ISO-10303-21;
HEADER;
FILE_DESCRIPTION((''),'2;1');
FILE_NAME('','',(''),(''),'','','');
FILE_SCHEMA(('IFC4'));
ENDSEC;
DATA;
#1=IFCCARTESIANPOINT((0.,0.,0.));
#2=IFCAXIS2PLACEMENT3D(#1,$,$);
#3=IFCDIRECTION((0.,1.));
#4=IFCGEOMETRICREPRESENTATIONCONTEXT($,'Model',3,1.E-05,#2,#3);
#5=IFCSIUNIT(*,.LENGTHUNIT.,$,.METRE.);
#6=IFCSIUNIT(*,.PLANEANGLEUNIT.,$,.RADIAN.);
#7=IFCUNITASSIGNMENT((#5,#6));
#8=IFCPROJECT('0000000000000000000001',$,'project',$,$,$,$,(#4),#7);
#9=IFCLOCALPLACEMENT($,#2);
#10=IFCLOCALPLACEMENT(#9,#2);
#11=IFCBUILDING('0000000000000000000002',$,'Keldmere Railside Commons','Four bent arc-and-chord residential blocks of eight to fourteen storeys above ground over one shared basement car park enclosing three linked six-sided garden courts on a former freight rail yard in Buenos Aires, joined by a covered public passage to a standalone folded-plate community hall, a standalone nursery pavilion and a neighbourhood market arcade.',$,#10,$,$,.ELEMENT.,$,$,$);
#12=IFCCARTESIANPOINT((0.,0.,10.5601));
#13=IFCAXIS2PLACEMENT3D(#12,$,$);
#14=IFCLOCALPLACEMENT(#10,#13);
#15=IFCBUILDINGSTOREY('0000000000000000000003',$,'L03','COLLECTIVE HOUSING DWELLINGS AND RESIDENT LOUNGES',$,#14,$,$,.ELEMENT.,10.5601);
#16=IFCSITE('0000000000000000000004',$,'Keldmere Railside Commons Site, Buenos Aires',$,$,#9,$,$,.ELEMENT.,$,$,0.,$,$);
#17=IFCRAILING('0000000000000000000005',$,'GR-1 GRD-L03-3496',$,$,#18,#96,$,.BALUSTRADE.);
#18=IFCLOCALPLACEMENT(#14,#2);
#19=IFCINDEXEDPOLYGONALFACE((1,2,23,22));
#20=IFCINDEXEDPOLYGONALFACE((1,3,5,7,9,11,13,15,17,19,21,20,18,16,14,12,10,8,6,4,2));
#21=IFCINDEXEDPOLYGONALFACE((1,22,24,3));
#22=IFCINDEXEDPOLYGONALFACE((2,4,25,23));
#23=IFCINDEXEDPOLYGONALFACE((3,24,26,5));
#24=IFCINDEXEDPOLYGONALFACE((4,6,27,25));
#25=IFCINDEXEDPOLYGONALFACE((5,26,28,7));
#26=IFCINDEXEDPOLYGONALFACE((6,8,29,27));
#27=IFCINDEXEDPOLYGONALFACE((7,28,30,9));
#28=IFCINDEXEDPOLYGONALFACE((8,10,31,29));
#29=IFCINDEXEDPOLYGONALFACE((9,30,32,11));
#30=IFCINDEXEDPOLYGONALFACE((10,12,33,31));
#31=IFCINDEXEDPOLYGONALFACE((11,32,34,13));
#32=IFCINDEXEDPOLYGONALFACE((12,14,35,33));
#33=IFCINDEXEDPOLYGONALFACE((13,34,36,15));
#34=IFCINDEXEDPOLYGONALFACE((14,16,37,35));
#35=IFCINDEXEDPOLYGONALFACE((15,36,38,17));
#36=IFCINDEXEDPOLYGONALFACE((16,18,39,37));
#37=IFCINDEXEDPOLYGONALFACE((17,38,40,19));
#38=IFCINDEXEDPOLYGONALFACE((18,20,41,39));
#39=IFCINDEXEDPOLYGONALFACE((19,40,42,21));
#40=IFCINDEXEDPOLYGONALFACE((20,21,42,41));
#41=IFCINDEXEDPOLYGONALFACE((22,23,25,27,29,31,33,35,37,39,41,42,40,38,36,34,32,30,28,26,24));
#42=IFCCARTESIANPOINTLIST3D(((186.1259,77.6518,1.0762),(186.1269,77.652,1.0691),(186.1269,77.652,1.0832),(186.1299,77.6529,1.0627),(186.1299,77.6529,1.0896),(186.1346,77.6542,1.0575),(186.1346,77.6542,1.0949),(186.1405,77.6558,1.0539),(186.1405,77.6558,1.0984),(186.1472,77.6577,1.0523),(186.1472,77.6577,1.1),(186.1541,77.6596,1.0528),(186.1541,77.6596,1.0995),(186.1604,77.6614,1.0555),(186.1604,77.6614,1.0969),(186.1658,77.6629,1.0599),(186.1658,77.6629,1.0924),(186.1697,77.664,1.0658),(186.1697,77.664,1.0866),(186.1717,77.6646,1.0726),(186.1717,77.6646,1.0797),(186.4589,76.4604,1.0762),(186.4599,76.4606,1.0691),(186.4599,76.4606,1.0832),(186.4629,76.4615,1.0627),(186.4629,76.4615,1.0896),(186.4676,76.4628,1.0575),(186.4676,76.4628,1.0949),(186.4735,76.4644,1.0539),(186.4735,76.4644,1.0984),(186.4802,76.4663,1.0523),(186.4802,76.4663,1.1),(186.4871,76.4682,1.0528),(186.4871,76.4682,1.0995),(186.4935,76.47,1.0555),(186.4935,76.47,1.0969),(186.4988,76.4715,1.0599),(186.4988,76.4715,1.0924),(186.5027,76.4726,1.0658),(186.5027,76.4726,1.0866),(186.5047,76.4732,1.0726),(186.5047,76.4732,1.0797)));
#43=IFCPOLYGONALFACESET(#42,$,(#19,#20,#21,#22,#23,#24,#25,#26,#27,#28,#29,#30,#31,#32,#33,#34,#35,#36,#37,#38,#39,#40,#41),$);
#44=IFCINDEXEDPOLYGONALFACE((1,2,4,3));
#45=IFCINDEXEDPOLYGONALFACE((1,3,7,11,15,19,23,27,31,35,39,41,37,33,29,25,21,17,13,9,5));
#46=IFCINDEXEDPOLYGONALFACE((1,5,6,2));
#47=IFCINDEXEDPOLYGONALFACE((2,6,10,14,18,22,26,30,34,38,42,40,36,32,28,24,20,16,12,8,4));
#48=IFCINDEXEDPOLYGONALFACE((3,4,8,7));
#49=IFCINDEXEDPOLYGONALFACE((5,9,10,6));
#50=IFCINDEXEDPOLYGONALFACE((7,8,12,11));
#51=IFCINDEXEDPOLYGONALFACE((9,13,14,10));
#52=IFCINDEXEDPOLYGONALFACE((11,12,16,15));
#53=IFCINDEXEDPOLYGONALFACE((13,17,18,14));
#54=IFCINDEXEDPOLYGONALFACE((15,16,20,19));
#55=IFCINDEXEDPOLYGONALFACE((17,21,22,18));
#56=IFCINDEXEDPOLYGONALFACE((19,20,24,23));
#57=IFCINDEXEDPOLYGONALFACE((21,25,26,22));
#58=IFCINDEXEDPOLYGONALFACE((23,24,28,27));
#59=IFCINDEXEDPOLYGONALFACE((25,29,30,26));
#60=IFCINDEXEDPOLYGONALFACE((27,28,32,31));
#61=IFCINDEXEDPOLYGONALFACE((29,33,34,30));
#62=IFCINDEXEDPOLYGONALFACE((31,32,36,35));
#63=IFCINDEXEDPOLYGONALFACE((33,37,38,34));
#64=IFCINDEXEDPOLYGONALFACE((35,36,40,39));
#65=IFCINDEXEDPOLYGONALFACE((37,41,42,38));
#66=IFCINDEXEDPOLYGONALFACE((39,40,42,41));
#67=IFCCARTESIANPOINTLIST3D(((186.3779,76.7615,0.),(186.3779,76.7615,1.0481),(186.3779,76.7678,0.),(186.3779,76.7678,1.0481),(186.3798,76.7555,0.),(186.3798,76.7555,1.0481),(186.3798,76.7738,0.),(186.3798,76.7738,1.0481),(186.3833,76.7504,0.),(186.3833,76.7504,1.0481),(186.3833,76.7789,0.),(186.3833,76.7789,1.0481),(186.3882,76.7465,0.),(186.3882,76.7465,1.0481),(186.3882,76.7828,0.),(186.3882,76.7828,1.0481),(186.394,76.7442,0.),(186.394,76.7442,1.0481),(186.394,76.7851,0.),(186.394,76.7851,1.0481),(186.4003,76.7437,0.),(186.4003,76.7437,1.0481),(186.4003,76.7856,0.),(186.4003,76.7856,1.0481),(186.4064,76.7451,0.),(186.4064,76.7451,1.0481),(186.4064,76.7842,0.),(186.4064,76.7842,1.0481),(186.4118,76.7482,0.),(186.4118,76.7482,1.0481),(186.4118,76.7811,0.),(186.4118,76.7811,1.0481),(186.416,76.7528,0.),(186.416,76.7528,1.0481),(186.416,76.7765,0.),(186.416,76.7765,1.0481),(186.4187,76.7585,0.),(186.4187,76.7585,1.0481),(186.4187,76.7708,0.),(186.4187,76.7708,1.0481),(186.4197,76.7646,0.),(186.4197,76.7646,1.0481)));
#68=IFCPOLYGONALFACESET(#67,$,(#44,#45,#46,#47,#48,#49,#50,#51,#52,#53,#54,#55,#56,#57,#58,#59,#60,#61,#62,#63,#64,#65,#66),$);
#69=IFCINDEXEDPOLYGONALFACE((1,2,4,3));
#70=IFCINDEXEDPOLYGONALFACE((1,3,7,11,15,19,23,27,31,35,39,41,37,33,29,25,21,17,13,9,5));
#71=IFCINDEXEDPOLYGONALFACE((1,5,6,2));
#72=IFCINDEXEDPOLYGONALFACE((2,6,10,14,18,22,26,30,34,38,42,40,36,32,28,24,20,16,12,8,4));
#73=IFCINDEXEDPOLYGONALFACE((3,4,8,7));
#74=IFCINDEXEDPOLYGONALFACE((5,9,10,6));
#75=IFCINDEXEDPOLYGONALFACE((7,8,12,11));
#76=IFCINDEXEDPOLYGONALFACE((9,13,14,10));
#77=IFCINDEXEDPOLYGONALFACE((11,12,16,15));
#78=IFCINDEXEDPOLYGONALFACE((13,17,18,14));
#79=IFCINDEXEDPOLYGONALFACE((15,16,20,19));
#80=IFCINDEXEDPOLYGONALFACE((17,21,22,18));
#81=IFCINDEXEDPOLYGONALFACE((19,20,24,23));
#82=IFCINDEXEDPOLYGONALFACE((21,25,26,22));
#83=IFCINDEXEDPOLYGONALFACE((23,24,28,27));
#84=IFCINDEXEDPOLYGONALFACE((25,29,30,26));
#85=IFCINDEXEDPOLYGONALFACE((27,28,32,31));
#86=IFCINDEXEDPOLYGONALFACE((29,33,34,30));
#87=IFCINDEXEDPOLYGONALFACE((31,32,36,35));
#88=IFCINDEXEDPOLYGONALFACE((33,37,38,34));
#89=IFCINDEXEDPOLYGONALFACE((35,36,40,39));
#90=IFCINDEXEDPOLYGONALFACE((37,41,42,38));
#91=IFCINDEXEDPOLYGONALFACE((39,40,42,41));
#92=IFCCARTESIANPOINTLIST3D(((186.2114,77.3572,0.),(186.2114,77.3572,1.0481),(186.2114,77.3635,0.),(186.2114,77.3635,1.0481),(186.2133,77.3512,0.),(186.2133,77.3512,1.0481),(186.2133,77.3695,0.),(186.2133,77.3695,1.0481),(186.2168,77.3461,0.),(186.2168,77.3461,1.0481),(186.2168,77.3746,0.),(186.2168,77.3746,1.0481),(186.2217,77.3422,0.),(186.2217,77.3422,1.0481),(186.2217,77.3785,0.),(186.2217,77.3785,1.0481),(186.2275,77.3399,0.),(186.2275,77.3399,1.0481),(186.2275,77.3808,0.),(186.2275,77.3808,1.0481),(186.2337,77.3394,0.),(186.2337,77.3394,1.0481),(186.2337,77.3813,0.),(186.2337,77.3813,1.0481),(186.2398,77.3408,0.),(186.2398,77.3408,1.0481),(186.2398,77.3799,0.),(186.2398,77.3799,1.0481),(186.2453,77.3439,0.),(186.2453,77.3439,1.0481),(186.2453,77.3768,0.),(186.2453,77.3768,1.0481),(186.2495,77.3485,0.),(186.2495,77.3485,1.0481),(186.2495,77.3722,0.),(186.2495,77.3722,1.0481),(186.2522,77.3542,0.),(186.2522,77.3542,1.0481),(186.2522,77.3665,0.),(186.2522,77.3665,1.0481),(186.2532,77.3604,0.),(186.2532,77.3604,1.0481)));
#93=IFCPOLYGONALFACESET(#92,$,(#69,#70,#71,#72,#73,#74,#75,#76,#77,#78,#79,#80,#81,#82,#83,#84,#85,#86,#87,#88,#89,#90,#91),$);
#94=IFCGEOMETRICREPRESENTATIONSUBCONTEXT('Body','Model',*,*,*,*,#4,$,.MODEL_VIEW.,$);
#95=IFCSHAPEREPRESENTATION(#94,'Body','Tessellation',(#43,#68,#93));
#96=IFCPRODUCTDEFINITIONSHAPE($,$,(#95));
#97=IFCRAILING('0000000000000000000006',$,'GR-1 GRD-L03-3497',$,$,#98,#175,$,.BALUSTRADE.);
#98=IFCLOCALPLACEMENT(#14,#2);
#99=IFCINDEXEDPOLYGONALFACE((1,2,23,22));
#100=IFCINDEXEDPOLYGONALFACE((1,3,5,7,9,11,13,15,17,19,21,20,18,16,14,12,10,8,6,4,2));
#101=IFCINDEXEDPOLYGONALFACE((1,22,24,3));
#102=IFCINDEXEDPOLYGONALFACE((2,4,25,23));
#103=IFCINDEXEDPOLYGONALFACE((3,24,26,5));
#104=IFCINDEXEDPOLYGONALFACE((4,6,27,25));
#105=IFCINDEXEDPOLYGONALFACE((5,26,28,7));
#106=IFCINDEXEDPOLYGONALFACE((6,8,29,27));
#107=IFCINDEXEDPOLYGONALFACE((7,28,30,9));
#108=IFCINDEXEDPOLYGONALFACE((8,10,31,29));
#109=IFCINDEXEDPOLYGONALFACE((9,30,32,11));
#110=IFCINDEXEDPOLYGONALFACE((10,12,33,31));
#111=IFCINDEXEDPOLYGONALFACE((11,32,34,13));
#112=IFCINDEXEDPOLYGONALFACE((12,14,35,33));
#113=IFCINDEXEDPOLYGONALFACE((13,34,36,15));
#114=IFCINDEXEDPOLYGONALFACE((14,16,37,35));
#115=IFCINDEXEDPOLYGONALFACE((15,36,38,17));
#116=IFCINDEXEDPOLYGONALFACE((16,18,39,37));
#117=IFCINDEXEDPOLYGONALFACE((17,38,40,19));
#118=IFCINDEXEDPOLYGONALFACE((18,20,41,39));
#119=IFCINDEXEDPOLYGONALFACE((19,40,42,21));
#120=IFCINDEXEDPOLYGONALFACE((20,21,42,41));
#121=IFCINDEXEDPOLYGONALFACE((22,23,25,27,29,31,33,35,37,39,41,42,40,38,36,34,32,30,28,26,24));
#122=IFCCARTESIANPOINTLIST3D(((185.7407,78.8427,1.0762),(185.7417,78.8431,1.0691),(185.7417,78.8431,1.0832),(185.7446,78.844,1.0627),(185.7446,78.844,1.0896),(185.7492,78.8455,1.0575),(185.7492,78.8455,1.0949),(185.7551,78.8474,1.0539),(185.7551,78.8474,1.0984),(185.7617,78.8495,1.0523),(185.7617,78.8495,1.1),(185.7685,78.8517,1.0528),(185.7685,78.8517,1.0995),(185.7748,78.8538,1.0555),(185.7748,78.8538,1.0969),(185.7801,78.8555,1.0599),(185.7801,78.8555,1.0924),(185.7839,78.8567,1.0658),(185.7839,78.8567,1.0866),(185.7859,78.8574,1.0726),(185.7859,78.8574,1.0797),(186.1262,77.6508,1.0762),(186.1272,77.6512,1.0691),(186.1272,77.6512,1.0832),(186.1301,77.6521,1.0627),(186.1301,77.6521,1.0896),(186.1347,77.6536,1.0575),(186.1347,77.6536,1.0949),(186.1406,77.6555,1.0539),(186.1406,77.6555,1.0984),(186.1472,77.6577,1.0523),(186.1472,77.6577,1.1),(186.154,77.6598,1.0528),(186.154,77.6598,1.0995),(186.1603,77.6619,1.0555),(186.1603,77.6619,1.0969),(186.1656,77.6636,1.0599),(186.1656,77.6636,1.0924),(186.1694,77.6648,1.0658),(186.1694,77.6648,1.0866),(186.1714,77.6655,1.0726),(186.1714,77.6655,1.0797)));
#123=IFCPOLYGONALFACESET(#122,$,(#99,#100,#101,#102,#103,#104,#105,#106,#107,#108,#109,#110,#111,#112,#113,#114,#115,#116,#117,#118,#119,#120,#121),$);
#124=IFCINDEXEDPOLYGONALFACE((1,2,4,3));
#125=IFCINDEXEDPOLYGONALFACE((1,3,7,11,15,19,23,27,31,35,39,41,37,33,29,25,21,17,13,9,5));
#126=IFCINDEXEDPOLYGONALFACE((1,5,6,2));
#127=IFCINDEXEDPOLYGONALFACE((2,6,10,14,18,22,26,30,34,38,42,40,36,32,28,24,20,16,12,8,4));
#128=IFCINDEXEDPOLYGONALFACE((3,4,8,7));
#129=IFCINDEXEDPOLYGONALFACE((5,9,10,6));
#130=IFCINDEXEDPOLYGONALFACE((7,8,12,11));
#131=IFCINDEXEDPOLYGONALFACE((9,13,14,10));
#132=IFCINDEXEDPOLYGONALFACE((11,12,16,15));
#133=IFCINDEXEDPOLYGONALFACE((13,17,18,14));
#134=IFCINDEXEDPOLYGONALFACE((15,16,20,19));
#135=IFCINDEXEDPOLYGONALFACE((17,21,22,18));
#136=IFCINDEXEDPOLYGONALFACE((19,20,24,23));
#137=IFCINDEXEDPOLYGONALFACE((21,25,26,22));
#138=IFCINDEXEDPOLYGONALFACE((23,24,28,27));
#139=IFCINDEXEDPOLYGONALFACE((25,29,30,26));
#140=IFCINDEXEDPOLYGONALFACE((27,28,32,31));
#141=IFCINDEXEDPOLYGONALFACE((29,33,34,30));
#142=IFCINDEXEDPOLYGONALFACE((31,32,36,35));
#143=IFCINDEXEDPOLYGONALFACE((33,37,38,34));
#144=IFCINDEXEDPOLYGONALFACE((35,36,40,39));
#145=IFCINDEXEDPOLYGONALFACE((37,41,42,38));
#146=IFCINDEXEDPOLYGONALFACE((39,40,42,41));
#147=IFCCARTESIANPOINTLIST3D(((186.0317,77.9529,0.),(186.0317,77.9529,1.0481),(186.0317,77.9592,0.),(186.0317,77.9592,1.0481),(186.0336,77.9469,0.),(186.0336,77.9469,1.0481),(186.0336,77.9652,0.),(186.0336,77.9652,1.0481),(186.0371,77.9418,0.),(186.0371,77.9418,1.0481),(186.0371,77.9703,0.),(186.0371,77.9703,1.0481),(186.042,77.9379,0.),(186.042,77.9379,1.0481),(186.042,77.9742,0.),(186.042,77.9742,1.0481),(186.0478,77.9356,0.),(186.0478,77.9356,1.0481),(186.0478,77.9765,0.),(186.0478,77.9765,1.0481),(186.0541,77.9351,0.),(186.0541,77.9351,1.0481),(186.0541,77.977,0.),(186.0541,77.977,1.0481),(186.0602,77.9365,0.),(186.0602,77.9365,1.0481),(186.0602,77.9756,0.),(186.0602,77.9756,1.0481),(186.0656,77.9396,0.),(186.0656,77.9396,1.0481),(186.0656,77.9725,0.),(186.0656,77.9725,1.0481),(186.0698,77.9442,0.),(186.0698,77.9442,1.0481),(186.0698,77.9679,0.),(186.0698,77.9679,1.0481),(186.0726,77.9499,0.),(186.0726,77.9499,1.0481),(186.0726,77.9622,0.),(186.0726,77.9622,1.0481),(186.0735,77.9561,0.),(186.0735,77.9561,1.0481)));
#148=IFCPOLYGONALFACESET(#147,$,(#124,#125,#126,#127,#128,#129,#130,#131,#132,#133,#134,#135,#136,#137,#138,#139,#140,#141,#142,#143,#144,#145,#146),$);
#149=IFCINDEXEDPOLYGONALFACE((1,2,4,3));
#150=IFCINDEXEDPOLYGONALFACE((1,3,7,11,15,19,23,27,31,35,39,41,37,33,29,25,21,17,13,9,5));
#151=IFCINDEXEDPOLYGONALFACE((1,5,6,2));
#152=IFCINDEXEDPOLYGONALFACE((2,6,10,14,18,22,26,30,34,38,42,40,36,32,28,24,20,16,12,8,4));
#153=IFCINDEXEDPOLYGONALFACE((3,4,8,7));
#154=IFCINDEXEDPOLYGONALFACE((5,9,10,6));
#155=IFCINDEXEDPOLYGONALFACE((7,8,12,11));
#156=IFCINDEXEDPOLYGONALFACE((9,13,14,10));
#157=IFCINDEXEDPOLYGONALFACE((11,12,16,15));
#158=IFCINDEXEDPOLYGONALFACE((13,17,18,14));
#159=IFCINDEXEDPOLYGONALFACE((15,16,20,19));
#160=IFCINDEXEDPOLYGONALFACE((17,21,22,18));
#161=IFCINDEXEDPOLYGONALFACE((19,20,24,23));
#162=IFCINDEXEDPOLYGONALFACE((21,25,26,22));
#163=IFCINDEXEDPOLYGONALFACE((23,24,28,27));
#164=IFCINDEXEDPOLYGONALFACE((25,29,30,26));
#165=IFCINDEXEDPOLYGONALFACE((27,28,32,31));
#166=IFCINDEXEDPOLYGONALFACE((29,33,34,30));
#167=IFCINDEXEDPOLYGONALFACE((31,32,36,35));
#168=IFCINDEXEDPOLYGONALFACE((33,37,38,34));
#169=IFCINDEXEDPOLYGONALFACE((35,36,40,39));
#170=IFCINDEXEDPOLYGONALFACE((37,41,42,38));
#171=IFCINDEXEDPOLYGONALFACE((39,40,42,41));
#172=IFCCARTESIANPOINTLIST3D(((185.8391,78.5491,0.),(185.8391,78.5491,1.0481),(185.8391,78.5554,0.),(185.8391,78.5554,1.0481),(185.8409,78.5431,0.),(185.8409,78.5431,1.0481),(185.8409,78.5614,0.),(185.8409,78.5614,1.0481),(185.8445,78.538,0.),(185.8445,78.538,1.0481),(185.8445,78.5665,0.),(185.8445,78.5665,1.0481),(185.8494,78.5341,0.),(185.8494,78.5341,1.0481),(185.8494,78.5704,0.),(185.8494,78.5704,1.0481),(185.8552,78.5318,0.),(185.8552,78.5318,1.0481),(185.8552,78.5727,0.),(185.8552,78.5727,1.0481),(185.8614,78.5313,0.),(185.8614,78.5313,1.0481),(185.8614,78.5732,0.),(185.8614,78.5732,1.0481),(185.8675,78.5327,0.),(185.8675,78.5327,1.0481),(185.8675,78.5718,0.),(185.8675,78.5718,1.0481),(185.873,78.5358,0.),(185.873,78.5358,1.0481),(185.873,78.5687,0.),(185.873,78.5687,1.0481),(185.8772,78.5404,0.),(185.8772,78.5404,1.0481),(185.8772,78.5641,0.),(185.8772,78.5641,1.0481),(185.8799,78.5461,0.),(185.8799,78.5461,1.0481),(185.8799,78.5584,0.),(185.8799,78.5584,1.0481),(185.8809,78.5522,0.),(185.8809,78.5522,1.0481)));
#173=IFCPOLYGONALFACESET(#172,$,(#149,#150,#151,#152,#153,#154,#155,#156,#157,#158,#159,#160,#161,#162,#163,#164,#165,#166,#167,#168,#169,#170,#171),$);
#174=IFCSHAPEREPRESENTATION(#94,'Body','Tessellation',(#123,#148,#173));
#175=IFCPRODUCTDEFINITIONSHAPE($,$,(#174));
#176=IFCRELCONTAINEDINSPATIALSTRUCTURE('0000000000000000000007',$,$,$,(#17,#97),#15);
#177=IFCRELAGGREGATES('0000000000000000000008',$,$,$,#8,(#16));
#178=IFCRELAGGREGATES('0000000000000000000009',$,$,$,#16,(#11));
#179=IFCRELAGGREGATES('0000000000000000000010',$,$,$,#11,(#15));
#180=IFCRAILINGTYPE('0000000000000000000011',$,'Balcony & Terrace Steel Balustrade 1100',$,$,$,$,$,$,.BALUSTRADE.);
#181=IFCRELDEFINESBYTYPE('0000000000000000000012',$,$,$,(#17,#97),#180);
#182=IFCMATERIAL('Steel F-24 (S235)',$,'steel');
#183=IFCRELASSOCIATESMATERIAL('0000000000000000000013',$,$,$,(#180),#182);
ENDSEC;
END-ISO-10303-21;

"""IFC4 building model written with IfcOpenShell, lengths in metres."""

from ifc_helpers import new_model, si_unit, direction, frame, origin, origin_2d, place, context, subcontext, project, spatial, circle, extrude, material, type_object, element, save


model = new_model("IFC4")

# Units and contexts
model_context = context("Model", 3, precision=1e-05, world=origin(), true_north=direction((0.0, 1.0)))
body_context = subcontext(model_context, "Body", "Model", "MODEL_VIEW")
ifc_project = project(units=[si_unit("LENGTHUNIT", "METRE"), si_unit("PLANEANGLEUNIT", "RADIAN")], contexts=[model_context])

# Site, building, storey
site_placement = place(None, origin())
site = spatial("IfcSite", under=ifc_project, at=site_placement, Name="Keldmere Railside Commons Site, Buenos Aires", CompositionType="ELEMENT", RefElevation=0.0)
building_placement = place(site_placement, origin())
building = spatial("IfcBuilding", under=site, at=building_placement, Name="Keldmere Railside Commons", Description="Four bent arc-and-chord residential blocks of eight to fourteen storeys above ground over one shared basement car park enclosing three linked six-sided garden courts on a former freight rail yard in Buenos Aires, joined by a covered public passage to a standalone folded-plate community hall, a standalone nursery pavilion and a neighbourhood market arcade.", CompositionType="ELEMENT")
storey_placement = place(building_placement, frame((0.0, 0.0, 10.5601)))
storey = spatial("IfcBuildingStorey", under=building, at=storey_placement, Name="L03", Description="COLLECTIVE HOUSING DWELLINGS AND RESIDENT LOUNGES", CompositionType="ELEMENT", Elevation=10.5601)

# Shared definitions
ifc_material_1 = material(Name="Steel F-24 (S235)", Category="steel")

# Railings
railing_type_1 = type_object("IfcRailingType", Name="Balcony & Terrace Steel Balustrade 1100", PredefinedType="BALUSTRADE", material=ifc_material_1)
railing_1_placement = place(storey_placement, frame((186.4819, 76.4668, 0.0)))
element("IfcRailing", 1, at=railing_1_placement, inside=storey, type_object=railing_type_1, Name="GR-1 GRD-L03-3496", PredefinedType="BALUSTRADE", context=body_context, shape_type="SweptSolid", body=[
    extrude(circle(Radius=0.0239, at=origin_2d()), frame((0.0, 0.0, 1.0762), z_axis=(-0.269191, 0.963087, 0.0), x_axis=(-0.963087, -0.269191, 0.0)), (0.0, 0.0, 1.0), 1.2371),
    extrude(circle(Radius=0.021, at=origin_2d()), frame((-0.0833, 0.2979, 0.0)), (0.0, 0.0, 1.0), 1.0481),
    extrude(circle(Radius=0.021, at=origin_2d()), frame((-0.2498, 0.8936, 0.0)), (0.0, 0.0, 1.0), 1.0481),
])
railing_2_placement = place(storey_placement, frame((186.1489, 77.6582, 0.0)))
element("IfcRailing", 2, at=railing_2_placement, inside=storey, type_object=railing_type_1, Name="GR-1 GRD-L03-3497", PredefinedType="BALUSTRADE", context=body_context, shape_type="SweptSolid", body=[
    extrude(circle(Radius=0.0239, at=origin_2d()), frame((0.0, 0.0, 1.0762), z_axis=(-0.307737, 0.951471, 0.0), x_axis=(-0.951471, -0.307737, 0.0)), (0.0, 0.0, 1.0), 1.2527),
    extrude(circle(Radius=0.021, at=origin_2d()), frame((-0.0964, 0.2979, 0.0)), (0.0, 0.0, 1.0), 1.0481),
    extrude(circle(Radius=0.021, at=origin_2d()), frame((-0.2891, 0.894, 0.0)), (0.0, 0.0, 1.0), 1.0481),
])

save(model, "model.ifc")
